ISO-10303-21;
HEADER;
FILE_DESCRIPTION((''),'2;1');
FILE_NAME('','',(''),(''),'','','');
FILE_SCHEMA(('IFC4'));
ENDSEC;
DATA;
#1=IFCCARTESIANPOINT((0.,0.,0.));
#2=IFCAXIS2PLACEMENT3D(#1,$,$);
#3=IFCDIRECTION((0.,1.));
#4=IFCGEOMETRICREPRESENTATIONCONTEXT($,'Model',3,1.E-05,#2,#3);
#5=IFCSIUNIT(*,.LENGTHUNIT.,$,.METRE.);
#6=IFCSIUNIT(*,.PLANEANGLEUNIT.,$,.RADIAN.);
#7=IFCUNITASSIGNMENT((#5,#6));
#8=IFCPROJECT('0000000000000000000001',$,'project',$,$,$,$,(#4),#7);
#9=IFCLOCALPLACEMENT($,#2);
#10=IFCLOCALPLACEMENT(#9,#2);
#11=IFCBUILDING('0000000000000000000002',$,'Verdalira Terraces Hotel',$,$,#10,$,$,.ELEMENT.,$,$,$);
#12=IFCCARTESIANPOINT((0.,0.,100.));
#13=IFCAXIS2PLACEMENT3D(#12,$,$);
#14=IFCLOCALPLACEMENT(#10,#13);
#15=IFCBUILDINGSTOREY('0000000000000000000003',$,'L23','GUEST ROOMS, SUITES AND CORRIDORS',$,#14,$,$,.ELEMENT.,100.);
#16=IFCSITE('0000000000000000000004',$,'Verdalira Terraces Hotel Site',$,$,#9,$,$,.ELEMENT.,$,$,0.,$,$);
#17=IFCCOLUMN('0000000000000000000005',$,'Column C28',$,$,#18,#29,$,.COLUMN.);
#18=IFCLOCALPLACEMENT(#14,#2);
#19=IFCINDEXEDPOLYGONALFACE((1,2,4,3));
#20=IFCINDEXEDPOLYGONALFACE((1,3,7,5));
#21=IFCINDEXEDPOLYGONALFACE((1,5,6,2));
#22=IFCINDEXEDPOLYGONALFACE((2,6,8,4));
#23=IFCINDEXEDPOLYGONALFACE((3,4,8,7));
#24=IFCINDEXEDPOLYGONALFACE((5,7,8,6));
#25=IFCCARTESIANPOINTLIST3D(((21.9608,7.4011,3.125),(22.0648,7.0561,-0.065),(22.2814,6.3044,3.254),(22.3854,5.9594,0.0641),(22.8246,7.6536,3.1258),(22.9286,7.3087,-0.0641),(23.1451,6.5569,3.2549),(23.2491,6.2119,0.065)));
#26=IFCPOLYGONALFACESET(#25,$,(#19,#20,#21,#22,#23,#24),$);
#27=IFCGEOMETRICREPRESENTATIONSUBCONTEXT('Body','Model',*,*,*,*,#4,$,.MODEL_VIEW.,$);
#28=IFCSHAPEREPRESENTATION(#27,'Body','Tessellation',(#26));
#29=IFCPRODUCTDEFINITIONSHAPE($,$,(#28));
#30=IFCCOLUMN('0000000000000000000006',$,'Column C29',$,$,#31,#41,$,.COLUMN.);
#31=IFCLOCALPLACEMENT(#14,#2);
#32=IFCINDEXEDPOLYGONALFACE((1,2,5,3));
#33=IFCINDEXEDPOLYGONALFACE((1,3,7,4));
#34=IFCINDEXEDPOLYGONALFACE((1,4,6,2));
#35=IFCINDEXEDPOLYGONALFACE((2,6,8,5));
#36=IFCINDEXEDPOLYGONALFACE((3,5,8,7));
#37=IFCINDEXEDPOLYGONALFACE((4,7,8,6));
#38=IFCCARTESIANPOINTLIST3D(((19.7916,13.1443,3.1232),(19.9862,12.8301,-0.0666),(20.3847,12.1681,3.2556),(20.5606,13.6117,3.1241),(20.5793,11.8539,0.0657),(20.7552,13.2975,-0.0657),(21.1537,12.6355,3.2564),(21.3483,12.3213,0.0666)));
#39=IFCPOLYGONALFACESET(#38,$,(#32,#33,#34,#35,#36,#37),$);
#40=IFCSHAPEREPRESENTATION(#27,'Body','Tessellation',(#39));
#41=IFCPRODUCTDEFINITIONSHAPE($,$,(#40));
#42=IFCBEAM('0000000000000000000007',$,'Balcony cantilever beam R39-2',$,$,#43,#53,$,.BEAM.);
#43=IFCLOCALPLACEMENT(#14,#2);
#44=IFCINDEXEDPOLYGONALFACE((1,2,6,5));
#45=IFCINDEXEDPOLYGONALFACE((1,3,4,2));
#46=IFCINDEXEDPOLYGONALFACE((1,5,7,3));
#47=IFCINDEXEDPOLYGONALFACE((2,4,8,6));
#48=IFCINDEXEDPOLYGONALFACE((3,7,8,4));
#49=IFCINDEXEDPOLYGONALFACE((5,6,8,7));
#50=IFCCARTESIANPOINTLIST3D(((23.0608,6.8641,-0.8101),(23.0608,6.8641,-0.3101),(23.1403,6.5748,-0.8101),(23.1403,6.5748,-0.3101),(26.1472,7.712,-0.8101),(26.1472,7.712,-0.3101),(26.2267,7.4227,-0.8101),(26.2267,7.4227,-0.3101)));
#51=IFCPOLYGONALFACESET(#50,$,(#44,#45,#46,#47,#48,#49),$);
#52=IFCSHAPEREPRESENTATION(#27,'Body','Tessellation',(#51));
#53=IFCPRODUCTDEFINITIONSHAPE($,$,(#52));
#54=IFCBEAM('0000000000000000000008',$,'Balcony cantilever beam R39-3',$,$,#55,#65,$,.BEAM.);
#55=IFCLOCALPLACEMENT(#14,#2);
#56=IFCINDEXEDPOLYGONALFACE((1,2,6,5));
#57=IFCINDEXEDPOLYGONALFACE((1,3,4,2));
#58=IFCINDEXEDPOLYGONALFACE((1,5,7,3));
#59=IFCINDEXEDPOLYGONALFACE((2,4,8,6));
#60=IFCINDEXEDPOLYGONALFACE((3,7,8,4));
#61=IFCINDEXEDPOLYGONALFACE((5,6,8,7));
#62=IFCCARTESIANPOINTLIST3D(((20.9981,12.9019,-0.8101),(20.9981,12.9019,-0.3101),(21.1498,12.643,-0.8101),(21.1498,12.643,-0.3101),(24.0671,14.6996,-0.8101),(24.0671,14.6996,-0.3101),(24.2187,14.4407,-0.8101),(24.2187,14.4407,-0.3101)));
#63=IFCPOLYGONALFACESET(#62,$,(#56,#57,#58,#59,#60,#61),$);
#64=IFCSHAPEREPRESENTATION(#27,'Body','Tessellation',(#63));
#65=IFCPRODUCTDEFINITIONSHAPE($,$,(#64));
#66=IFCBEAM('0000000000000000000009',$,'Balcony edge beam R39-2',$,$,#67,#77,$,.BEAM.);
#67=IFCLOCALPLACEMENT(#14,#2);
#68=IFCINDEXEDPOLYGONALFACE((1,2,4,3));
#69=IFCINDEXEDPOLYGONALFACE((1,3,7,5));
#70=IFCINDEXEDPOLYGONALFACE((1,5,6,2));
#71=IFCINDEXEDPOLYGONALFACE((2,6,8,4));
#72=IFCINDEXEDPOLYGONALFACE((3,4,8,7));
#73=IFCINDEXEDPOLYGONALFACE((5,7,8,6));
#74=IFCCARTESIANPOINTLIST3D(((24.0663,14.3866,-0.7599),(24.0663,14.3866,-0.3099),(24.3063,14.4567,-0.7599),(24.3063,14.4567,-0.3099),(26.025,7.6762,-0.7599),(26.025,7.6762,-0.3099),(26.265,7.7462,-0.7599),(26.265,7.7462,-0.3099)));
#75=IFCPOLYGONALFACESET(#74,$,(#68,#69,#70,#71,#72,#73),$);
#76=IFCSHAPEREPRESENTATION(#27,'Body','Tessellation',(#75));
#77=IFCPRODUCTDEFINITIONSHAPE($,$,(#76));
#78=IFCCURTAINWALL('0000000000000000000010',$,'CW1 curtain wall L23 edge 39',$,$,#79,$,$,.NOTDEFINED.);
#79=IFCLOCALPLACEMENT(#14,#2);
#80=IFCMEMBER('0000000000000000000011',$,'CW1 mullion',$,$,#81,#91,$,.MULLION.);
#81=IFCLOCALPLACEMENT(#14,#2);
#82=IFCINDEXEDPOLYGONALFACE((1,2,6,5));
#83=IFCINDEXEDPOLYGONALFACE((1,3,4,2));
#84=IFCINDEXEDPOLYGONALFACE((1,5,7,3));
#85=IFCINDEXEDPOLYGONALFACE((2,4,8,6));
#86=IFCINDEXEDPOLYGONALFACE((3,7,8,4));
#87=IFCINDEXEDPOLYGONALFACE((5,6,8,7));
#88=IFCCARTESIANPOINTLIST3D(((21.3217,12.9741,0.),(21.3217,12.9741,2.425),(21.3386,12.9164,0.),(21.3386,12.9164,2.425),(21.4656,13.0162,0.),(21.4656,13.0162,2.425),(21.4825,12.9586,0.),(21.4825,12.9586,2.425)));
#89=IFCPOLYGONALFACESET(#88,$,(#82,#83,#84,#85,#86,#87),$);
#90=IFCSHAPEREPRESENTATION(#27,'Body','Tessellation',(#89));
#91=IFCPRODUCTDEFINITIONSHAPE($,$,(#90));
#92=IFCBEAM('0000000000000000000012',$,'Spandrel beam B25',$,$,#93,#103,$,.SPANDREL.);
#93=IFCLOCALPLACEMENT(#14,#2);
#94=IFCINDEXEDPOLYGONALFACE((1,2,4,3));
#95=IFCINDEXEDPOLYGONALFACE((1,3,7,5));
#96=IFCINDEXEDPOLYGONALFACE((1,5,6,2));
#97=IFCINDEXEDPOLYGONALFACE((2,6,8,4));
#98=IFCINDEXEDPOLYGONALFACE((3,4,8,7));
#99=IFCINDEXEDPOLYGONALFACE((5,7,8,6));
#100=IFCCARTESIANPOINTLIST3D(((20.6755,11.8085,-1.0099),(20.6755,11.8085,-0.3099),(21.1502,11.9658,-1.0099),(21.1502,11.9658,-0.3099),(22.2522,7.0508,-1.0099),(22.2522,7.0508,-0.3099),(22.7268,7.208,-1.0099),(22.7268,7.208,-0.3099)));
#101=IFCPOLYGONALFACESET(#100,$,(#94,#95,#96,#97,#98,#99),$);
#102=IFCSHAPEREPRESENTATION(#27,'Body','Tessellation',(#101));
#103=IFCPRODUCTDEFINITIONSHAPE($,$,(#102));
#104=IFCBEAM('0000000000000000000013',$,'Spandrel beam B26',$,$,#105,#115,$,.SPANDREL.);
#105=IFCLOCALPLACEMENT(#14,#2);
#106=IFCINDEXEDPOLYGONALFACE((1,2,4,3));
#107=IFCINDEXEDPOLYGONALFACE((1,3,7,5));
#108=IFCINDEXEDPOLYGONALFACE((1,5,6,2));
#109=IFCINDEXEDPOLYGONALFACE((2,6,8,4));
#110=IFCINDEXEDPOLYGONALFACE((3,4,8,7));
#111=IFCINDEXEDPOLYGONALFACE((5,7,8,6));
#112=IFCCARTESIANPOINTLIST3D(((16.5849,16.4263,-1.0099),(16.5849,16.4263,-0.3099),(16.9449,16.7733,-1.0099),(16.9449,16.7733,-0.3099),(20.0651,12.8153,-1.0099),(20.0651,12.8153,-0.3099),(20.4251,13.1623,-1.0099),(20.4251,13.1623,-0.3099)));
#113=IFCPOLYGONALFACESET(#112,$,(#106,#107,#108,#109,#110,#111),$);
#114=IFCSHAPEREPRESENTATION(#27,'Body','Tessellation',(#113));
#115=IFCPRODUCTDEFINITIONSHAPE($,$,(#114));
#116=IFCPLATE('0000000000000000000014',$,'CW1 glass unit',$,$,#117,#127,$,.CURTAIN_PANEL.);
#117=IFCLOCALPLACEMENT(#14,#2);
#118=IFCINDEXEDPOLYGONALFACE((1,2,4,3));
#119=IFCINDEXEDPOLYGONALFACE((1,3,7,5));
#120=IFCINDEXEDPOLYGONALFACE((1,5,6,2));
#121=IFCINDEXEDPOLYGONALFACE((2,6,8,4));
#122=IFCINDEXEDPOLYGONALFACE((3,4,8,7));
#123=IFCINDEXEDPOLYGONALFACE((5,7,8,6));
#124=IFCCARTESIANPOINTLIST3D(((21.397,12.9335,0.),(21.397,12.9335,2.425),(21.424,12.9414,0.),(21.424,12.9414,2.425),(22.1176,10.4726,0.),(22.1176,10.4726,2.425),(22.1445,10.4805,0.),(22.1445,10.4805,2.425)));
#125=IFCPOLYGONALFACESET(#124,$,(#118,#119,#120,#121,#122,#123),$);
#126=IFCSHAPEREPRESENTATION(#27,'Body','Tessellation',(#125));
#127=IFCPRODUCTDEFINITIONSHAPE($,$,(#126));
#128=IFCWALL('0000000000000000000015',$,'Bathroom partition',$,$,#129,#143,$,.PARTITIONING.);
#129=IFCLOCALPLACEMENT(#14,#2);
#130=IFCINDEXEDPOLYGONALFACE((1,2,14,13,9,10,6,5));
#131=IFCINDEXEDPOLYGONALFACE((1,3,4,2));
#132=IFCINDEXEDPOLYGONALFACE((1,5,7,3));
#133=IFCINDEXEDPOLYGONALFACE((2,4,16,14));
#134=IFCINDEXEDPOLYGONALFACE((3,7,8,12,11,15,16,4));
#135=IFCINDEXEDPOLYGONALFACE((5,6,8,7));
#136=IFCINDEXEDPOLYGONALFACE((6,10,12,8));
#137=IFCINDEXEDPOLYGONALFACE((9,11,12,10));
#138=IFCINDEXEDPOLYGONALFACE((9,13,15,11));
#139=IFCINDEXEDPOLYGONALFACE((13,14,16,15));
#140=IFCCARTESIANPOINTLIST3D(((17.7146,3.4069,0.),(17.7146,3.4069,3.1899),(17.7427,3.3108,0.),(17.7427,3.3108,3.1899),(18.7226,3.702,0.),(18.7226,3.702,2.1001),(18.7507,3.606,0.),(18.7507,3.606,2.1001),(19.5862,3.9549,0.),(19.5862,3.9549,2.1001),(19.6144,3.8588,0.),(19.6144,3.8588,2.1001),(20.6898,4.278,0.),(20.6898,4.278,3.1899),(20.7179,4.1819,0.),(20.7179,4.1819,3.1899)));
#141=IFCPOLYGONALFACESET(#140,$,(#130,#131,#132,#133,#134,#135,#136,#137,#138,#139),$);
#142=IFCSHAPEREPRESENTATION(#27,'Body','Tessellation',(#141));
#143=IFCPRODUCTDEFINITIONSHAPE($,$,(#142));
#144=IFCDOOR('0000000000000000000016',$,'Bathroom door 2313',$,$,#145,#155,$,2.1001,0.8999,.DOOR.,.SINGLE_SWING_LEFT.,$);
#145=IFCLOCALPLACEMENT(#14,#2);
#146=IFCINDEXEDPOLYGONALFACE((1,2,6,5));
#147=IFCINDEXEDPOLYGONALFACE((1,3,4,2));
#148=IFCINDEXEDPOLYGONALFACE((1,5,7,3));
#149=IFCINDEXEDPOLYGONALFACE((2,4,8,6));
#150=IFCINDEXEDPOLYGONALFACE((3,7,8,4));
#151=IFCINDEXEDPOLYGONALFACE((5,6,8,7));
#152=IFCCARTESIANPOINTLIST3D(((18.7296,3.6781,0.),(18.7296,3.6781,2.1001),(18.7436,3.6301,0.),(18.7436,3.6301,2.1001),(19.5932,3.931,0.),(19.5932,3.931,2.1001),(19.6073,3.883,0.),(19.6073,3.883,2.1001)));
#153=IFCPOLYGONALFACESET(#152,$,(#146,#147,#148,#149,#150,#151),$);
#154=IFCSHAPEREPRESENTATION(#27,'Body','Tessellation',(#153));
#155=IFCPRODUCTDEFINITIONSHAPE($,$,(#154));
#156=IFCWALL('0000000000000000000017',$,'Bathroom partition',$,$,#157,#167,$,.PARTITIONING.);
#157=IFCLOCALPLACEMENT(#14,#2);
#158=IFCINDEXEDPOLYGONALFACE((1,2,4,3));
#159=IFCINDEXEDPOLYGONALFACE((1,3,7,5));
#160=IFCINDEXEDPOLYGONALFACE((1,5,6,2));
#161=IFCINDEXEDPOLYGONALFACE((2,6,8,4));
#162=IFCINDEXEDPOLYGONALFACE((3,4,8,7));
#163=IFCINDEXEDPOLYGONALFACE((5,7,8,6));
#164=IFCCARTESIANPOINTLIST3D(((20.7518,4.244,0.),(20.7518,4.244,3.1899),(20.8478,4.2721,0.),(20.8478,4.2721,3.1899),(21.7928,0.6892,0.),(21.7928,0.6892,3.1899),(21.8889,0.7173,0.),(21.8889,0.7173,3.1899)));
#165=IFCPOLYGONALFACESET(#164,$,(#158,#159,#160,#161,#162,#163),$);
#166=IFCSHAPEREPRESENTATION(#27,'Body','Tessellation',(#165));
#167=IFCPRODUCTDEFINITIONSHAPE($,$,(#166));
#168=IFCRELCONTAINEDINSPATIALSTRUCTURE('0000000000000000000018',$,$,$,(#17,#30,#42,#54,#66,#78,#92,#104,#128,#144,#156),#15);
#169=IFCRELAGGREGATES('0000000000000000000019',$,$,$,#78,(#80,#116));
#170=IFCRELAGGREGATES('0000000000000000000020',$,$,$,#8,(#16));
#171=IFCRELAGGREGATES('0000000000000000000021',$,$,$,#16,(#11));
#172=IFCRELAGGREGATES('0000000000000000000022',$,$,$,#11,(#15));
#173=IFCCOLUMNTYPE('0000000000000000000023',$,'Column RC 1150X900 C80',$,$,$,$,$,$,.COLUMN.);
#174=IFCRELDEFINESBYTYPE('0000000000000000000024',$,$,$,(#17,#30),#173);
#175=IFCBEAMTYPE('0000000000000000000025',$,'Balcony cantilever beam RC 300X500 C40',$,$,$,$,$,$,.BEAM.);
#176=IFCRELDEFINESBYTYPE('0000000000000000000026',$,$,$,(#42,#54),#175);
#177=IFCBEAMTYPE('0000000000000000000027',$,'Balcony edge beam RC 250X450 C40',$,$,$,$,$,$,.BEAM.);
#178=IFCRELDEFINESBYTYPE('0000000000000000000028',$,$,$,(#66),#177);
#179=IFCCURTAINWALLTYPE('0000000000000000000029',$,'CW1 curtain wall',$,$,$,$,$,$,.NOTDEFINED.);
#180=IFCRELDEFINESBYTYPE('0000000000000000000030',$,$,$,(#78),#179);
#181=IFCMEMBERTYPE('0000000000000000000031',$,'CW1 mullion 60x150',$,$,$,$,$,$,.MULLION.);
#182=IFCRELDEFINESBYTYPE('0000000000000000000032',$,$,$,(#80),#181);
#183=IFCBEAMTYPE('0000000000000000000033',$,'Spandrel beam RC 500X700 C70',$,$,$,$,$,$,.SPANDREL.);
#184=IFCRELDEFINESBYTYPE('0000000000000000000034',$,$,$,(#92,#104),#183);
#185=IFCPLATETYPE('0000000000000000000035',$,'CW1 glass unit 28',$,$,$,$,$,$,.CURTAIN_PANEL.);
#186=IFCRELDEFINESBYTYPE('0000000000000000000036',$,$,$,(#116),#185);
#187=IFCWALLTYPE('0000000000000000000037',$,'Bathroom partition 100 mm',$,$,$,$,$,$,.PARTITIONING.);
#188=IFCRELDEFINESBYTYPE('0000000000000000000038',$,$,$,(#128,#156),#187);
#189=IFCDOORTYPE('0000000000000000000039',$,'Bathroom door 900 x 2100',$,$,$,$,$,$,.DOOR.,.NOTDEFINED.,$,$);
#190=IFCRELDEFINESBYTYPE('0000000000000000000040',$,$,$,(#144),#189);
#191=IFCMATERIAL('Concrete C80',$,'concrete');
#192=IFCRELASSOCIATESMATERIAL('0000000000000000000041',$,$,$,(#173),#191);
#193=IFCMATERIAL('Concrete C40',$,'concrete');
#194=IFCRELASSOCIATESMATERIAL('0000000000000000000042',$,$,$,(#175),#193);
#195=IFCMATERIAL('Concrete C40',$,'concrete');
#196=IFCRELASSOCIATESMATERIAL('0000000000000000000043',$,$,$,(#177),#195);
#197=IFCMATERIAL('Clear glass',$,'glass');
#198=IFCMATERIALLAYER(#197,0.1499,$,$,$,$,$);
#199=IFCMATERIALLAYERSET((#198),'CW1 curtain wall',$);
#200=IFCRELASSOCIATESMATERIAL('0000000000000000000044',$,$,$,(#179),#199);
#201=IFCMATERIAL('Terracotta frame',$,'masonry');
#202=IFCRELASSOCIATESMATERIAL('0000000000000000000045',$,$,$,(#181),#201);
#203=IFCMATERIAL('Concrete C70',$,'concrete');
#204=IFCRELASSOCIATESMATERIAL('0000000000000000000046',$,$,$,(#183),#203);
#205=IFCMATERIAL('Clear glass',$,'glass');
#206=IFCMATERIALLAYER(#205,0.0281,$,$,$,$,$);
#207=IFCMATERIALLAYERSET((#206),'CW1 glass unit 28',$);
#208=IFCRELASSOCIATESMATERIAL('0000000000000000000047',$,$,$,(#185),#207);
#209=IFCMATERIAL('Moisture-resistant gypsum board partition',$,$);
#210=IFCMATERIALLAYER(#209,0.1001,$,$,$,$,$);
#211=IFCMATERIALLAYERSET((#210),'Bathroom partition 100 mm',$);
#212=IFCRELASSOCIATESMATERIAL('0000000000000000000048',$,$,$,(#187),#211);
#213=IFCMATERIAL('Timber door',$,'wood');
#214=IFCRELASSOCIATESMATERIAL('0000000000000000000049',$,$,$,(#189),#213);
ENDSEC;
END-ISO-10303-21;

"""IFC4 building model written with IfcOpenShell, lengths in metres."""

from ifc_helpers import new_model, si_unit, direction, frame, frame_2d, origin, origin_2d, place, context, subcontext, project, spatial, rectangle, extrude, material, layer, layer_set, material_profile, profile_set, type_object, element, fill, aggregate, save


model = new_model("IFC4")

# Units and contexts
model_context = context("Model", 3, precision=1e-05, world=origin(), true_north=direction((0.0, 1.0)))
body_context = subcontext(model_context, "Body", "Model", "MODEL_VIEW")
ifc_project = project(units=[si_unit("LENGTHUNIT", "METRE"), si_unit("PLANEANGLEUNIT", "RADIAN")], contexts=[model_context])

# Site, building, storey
site_placement = place(None, origin())
site = spatial("IfcSite", under=ifc_project, at=site_placement, Name="Verdalira Terraces Hotel Site", CompositionType="ELEMENT", RefElevation=0.0)
building_placement = place(site_placement, origin())
building = spatial("IfcBuilding", under=site, at=building_placement, Name="Verdalira Terraces Hotel", CompositionType="ELEMENT")
storey_placement = place(building_placement, frame((0.0, 0.0, 100.0)))
storey = spatial("IfcBuildingStorey", under=building, at=storey_placement, Name="L23", Description="GUEST ROOMS, SUITES AND CORRIDORS", CompositionType="ELEMENT", Elevation=100.0)

# Columns
ifc_material_1 = material(Name="Concrete C80", Category="concrete")
ifc_material_profile_1 = material_profile(ifc_material_1, rectangle(XDim=1.1499, YDim=0.8999, at=origin_2d()), Name="RC 1150X900")
ifc_profile_set_1 = profile_set([ifc_material_profile_1], Name="Concrete C80")
column_type = type_object("IfcColumnType", Name="Column RC 1150X900 C80", PredefinedType="COLUMN", material=ifc_profile_set_1)
column_1_placement = place(storey_placement, frame((22.657, 6.634, 0.0), z_axis=(-0.032398, 0.10746, 0.993681), x_axis=(-0.278746, 0.953784, -0.112233)))
element("IfcColumn", 1, at=column_1_placement, inside=storey, type_object=column_type, Name="Column C28", PredefinedType="COLUMN", context=body_context, shape_type="SweptSolid", body=[
    extrude(rectangle(XDim=1.1499, YDim=0.8999, at=origin_2d()), origin(), (0.0, 0.0, 1.0), 3.2102),
])
column_2_placement = place(storey_placement, frame((20.6672, 12.5757, 0.0), z_axis=(-0.060593, 0.097845, 0.993355), x_axis=(0.515804, -0.848942, 0.115084)))
element("IfcColumn", 2, at=column_2_placement, inside=storey, type_object=column_type, Name="Column C29", PredefinedType="COLUMN", context=body_context, shape_type="SweptSolid", body=[
    extrude(rectangle(XDim=1.1499, YDim=0.8999, at=origin_2d()), origin(), (0.0, 0.0, 1.0), 3.2112),
])

# Beams
ifc_material_2 = material(Name="Concrete C40", Category="concrete")
ifc_material_profile_2 = material_profile(ifc_material_2, rectangle(XDim=0.3, YDim=0.5, at=origin_2d()), Name="RC 300X500")
ifc_profile_set_2 = profile_set([ifc_material_profile_2], Name="Concrete C40")
beam_type_1 = type_object("IfcBeamType", Name="Balcony cantilever beam RC 300X500 C40", PredefinedType="BEAM", material=ifc_profile_set_2)
beam_1_placement = place(storey_placement, frame((23.1006, 6.7195, -0.5601), z_axis=(0.964275, 0.264905, 0.0), x_axis=(-0.264905, 0.964275, 0.0)))
element("IfcBeam", 3, at=beam_1_placement, inside=storey, type_object=beam_type_1, Name="Balcony cantilever beam R39-2", PredefinedType="BEAM", context=body_context, shape_type="SweptSolid", body=[
    extrude(rectangle(XDim=0.3, YDim=0.5, at=origin_2d()), origin(), (0.0, 0.0, 1.0), 3.2007),
])
beam_2_placement = place(storey_placement, frame((21.074, 12.7725, -0.5601), z_axis=(0.862866, 0.505432, 0.0), x_axis=(-0.505432, 0.862866, 0.0)))
element("IfcBeam", 4, at=beam_2_placement, inside=storey, type_object=beam_type_1, Name="Balcony cantilever beam R39-3", PredefinedType="BEAM", context=body_context, shape_type="SweptSolid", body=[
    extrude(rectangle(XDim=0.3, YDim=0.5, at=origin_2d()), origin(), (0.0, 0.0, 1.0), 3.5566),
])
ifc_material_3 = material(Name="Concrete C40", Category="concrete")
ifc_material_profile_3 = material_profile(ifc_material_3, rectangle(XDim=0.25, YDim=0.45, at=origin_2d()), Name="RC 250X450")
ifc_profile_set_3 = profile_set([ifc_material_profile_3], Name="Concrete C40")
beam_type_2 = type_object("IfcBeamType", Name="Balcony edge beam RC 250X450 C40", PredefinedType="BEAM", material=ifc_profile_set_3)
beam_3_placement = place(storey_placement, frame((26.145, 7.7112, -0.5349), z_axis=(-0.280201, 0.959941, 0.0), x_axis=(-0.959941, -0.280201, 0.0)))
element("IfcBeam", 5, at=beam_3_placement, inside=storey, type_object=beam_type_2, Name="Balcony edge beam R39-2", PredefinedType="BEAM", context=body_context, shape_type="SweptSolid", body=[
    extrude(rectangle(XDim=0.25, YDim=0.45, at=origin_2d()), origin(), (0.0, 0.0, 1.0), 6.9905),
])

# Curtain wall, member
ifc_material_4 = material(Name="Clear glass", Category="glass")
ifc_layer_1 = layer(ifc_material_4, 0.1499)
ifc_layer_set_1 = layer_set([ifc_layer_1], Name="CW1 curtain wall")
curtain_wall_type = type_object("IfcCurtainWallType", Name="CW1 curtain wall", PredefinedType="NOTDEFINED", material=ifc_layer_set_1)
curtain_wall_placement = place(storey_placement, origin())
curtain_wall = element("IfcCurtainWall", 6, at=curtain_wall_placement, inside=storey, type_object=curtain_wall_type, Name="CW1 curtain wall L23 edge 39", PredefinedType="NOTDEFINED")
ifc_material_5 = material(Name="Terracotta frame", Category="masonry")
ifc_material_profile_4 = material_profile(ifc_material_5, rectangle(XDim=0.0601, YDim=0.1499, at=origin_2d()), Name="MU 60x150")
ifc_profile_set_4 = profile_set([ifc_material_profile_4], Name="Terracotta frame")
member_type = type_object("IfcMemberType", Name="CW1 mullion 60x150", PredefinedType="MULLION", material=ifc_profile_set_4)
member_placement = place(storey_placement, frame((21.4021, 12.9663, 0.0), z_axis=(0.0, 0.0, 1.0), x_axis=(-0.281002, 0.959707, 0.0)))
member = element("IfcMember", 7, at=member_placement, type_object=member_type, Name="CW1 mullion", PredefinedType="MULLION", context=body_context, shape_type="SweptSolid", body=[
    extrude(rectangle(XDim=0.0601, YDim=0.1499, at=origin_2d()), origin(), (0.0, 0.0, 1.0), 2.425),
])

# Beams
ifc_material_6 = material(Name="Concrete C70", Category="concrete")
ifc_material_profile_5 = material_profile(ifc_material_6, rectangle(XDim=0.5, YDim=0.7, at=origin_2d()), Name="RC 500X700")
ifc_profile_set_5 = profile_set([ifc_material_profile_5], Name="Concrete C70")
beam_type_3 = type_object("IfcBeamType", Name="Spandrel beam RC 500X700 C70", PredefinedType="SPANDREL", material=ifc_profile_set_5)
beam_4_placement = place(storey_placement, frame((22.4895, 7.1294, -0.6599), z_axis=(-0.314561, 0.949237, 0.0), x_axis=(-0.949237, -0.314561, 0.0)))
element("IfcBeam", 8, at=beam_4_placement, inside=storey, type_object=beam_type_3, Name="Spandrel beam B25", PredefinedType="SPANDREL", context=body_context, shape_type="SweptSolid", body=[
    extrude(rectangle(XDim=0.5, YDim=0.7, at=origin_2d()), origin(), (0.0, 0.0, 1.0), 5.0122),
])
beam_5_placement = place(storey_placement, frame((20.2451, 12.9888, -0.6599), z_axis=(-0.69394, 0.720033, 0.0), x_axis=(-0.720033, -0.69394, 0.0)))
element("IfcBeam", 9, at=beam_5_placement, inside=storey, type_object=beam_type_3, Name="Spandrel beam B26", PredefinedType="SPANDREL", context=body_context, shape_type="SweptSolid", body=[
    extrude(rectangle(XDim=0.5, YDim=0.7, at=origin_2d()), origin(), (0.0, 0.0, 1.0), 5.0151),
])

# Plate
ifc_material_7 = material(Name="Clear glass", Category="glass")
ifc_layer_2 = layer(ifc_material_7, 0.0281)
ifc_layer_set_2 = layer_set([ifc_layer_2], Name="CW1 glass unit 28")
plate_type = type_object("IfcPlateType", Name="CW1 glass unit 28", PredefinedType="CURTAIN_PANEL", material=ifc_layer_set_2)
plate_placement = place(storey_placement, frame((21.7708, 11.707, 0.0), z_axis=(0.0, 0.0, 1.0), x_axis=(-0.281002, 0.959707, 0.0)))
plate = element("IfcPlate", 10, at=plate_placement, type_object=plate_type, Name="CW1 glass unit", PredefinedType="CURTAIN_PANEL", context=body_context, shape_type="SweptSolid", body=[
    extrude(rectangle(XDim=2.5642, YDim=0.0281, at=origin_2d()), origin(), (0.0, 0.0, 1.0), 2.425),
])
aggregate(curtain_wall, [member, plate])

# Wall, opening, door
ifc_material_8 = material(Name="Moisture-resistant gypsum board partition")
ifc_layer_3 = layer(ifc_material_8, 0.1001)
ifc_layer_set_3 = layer_set([ifc_layer_3], Name="Bathroom partition 100 mm")
wall_type_1 = type_object("IfcWallType", Name="Bathroom partition 100 mm", PredefinedType="PARTITIONING", material=ifc_layer_set_3)
wall_1_placement = place(storey_placement, frame((20.7039, 4.23, 0.0), z_axis=(0.0, 0.0, 1.0), x_axis=(-0.959708, -0.280998, 0.0)))
wall_1 = element("IfcWall", 11, at=wall_1_placement, inside=storey, type_object=wall_type_1, Name="Bathroom partition", PredefinedType="PARTITIONING", context=body_context, shape_type="SweptSolid", body=[
    extrude(rectangle(XDim=3.1001, YDim=0.1001, at=frame_2d((1.55, 0.0))), origin(), (0.0, 0.0, 1.0), 3.1899),
])
opening_1_placement = place(wall_1_placement, frame((1.1499, 0.0, 0.0)))
opening_1 = element("IfcOpeningElement", 12, at=opening_1_placement, cuts=wall_1, PredefinedType="OPENING", context=body_context, shape_type="SweptSolid", body=[
    extrude(rectangle(XDim=0.8999, YDim=2.1001, at=frame_2d((0.45, 1.05))), frame((0.0, 0.0601, 0.0), z_axis=(0.0, -1.0, 0.0), x_axis=(1.0, 0.0, 0.0)), (0.0, 0.0, 1.0), 0.1201),
])
ifc_material_9 = material(Name="Timber door", Category="wood")
door_type_1 = type_object("IfcDoorType", Name="Bathroom door 900 x 2100", OperationType="NOTDEFINED", PredefinedType="DOOR", material=ifc_material_9)
door_1_placement = place(opening_1_placement, origin())
door_1 = element("IfcDoor", 13, at=door_1_placement, inside=storey, type_object=door_type_1, Name="Bathroom door 2313", OperationType="SINGLE_SWING_LEFT", OverallHeight=2.1001, OverallWidth=0.8999, PredefinedType="DOOR", context=body_context, shape_type="SweptSolid", body=[
    extrude(rectangle(XDim=0.8999, YDim=2.1001, at=frame_2d((0.45, 1.05))), frame((0.0, 0.0249, 0.0), z_axis=(0.0, -1.0, 0.0), x_axis=(1.0, 0.0, 0.0)), (0.0, 0.0, 1.0), 0.05),
])
fill(opening_1, door_1)

# Wall
wall_2_placement = place(storey_placement, frame((20.7998, 4.2581, 0.0), z_axis=(0.0, 0.0, 1.0), x_axis=(0.281053, -0.959692, 0.0)))
element("IfcWall", 14, at=wall_2_placement, inside=storey, type_object=wall_type_1, Name="Bathroom partition", PredefinedType="PARTITIONING", context=body_context, shape_type="SweptSolid", body=[
    extrude(rectangle(XDim=3.7041, YDim=0.1001, at=frame_2d((1.8521, 0.0))), origin(), (0.0, 0.0, 1.0), 3.1899),
])

save(model, "model.ifc")
